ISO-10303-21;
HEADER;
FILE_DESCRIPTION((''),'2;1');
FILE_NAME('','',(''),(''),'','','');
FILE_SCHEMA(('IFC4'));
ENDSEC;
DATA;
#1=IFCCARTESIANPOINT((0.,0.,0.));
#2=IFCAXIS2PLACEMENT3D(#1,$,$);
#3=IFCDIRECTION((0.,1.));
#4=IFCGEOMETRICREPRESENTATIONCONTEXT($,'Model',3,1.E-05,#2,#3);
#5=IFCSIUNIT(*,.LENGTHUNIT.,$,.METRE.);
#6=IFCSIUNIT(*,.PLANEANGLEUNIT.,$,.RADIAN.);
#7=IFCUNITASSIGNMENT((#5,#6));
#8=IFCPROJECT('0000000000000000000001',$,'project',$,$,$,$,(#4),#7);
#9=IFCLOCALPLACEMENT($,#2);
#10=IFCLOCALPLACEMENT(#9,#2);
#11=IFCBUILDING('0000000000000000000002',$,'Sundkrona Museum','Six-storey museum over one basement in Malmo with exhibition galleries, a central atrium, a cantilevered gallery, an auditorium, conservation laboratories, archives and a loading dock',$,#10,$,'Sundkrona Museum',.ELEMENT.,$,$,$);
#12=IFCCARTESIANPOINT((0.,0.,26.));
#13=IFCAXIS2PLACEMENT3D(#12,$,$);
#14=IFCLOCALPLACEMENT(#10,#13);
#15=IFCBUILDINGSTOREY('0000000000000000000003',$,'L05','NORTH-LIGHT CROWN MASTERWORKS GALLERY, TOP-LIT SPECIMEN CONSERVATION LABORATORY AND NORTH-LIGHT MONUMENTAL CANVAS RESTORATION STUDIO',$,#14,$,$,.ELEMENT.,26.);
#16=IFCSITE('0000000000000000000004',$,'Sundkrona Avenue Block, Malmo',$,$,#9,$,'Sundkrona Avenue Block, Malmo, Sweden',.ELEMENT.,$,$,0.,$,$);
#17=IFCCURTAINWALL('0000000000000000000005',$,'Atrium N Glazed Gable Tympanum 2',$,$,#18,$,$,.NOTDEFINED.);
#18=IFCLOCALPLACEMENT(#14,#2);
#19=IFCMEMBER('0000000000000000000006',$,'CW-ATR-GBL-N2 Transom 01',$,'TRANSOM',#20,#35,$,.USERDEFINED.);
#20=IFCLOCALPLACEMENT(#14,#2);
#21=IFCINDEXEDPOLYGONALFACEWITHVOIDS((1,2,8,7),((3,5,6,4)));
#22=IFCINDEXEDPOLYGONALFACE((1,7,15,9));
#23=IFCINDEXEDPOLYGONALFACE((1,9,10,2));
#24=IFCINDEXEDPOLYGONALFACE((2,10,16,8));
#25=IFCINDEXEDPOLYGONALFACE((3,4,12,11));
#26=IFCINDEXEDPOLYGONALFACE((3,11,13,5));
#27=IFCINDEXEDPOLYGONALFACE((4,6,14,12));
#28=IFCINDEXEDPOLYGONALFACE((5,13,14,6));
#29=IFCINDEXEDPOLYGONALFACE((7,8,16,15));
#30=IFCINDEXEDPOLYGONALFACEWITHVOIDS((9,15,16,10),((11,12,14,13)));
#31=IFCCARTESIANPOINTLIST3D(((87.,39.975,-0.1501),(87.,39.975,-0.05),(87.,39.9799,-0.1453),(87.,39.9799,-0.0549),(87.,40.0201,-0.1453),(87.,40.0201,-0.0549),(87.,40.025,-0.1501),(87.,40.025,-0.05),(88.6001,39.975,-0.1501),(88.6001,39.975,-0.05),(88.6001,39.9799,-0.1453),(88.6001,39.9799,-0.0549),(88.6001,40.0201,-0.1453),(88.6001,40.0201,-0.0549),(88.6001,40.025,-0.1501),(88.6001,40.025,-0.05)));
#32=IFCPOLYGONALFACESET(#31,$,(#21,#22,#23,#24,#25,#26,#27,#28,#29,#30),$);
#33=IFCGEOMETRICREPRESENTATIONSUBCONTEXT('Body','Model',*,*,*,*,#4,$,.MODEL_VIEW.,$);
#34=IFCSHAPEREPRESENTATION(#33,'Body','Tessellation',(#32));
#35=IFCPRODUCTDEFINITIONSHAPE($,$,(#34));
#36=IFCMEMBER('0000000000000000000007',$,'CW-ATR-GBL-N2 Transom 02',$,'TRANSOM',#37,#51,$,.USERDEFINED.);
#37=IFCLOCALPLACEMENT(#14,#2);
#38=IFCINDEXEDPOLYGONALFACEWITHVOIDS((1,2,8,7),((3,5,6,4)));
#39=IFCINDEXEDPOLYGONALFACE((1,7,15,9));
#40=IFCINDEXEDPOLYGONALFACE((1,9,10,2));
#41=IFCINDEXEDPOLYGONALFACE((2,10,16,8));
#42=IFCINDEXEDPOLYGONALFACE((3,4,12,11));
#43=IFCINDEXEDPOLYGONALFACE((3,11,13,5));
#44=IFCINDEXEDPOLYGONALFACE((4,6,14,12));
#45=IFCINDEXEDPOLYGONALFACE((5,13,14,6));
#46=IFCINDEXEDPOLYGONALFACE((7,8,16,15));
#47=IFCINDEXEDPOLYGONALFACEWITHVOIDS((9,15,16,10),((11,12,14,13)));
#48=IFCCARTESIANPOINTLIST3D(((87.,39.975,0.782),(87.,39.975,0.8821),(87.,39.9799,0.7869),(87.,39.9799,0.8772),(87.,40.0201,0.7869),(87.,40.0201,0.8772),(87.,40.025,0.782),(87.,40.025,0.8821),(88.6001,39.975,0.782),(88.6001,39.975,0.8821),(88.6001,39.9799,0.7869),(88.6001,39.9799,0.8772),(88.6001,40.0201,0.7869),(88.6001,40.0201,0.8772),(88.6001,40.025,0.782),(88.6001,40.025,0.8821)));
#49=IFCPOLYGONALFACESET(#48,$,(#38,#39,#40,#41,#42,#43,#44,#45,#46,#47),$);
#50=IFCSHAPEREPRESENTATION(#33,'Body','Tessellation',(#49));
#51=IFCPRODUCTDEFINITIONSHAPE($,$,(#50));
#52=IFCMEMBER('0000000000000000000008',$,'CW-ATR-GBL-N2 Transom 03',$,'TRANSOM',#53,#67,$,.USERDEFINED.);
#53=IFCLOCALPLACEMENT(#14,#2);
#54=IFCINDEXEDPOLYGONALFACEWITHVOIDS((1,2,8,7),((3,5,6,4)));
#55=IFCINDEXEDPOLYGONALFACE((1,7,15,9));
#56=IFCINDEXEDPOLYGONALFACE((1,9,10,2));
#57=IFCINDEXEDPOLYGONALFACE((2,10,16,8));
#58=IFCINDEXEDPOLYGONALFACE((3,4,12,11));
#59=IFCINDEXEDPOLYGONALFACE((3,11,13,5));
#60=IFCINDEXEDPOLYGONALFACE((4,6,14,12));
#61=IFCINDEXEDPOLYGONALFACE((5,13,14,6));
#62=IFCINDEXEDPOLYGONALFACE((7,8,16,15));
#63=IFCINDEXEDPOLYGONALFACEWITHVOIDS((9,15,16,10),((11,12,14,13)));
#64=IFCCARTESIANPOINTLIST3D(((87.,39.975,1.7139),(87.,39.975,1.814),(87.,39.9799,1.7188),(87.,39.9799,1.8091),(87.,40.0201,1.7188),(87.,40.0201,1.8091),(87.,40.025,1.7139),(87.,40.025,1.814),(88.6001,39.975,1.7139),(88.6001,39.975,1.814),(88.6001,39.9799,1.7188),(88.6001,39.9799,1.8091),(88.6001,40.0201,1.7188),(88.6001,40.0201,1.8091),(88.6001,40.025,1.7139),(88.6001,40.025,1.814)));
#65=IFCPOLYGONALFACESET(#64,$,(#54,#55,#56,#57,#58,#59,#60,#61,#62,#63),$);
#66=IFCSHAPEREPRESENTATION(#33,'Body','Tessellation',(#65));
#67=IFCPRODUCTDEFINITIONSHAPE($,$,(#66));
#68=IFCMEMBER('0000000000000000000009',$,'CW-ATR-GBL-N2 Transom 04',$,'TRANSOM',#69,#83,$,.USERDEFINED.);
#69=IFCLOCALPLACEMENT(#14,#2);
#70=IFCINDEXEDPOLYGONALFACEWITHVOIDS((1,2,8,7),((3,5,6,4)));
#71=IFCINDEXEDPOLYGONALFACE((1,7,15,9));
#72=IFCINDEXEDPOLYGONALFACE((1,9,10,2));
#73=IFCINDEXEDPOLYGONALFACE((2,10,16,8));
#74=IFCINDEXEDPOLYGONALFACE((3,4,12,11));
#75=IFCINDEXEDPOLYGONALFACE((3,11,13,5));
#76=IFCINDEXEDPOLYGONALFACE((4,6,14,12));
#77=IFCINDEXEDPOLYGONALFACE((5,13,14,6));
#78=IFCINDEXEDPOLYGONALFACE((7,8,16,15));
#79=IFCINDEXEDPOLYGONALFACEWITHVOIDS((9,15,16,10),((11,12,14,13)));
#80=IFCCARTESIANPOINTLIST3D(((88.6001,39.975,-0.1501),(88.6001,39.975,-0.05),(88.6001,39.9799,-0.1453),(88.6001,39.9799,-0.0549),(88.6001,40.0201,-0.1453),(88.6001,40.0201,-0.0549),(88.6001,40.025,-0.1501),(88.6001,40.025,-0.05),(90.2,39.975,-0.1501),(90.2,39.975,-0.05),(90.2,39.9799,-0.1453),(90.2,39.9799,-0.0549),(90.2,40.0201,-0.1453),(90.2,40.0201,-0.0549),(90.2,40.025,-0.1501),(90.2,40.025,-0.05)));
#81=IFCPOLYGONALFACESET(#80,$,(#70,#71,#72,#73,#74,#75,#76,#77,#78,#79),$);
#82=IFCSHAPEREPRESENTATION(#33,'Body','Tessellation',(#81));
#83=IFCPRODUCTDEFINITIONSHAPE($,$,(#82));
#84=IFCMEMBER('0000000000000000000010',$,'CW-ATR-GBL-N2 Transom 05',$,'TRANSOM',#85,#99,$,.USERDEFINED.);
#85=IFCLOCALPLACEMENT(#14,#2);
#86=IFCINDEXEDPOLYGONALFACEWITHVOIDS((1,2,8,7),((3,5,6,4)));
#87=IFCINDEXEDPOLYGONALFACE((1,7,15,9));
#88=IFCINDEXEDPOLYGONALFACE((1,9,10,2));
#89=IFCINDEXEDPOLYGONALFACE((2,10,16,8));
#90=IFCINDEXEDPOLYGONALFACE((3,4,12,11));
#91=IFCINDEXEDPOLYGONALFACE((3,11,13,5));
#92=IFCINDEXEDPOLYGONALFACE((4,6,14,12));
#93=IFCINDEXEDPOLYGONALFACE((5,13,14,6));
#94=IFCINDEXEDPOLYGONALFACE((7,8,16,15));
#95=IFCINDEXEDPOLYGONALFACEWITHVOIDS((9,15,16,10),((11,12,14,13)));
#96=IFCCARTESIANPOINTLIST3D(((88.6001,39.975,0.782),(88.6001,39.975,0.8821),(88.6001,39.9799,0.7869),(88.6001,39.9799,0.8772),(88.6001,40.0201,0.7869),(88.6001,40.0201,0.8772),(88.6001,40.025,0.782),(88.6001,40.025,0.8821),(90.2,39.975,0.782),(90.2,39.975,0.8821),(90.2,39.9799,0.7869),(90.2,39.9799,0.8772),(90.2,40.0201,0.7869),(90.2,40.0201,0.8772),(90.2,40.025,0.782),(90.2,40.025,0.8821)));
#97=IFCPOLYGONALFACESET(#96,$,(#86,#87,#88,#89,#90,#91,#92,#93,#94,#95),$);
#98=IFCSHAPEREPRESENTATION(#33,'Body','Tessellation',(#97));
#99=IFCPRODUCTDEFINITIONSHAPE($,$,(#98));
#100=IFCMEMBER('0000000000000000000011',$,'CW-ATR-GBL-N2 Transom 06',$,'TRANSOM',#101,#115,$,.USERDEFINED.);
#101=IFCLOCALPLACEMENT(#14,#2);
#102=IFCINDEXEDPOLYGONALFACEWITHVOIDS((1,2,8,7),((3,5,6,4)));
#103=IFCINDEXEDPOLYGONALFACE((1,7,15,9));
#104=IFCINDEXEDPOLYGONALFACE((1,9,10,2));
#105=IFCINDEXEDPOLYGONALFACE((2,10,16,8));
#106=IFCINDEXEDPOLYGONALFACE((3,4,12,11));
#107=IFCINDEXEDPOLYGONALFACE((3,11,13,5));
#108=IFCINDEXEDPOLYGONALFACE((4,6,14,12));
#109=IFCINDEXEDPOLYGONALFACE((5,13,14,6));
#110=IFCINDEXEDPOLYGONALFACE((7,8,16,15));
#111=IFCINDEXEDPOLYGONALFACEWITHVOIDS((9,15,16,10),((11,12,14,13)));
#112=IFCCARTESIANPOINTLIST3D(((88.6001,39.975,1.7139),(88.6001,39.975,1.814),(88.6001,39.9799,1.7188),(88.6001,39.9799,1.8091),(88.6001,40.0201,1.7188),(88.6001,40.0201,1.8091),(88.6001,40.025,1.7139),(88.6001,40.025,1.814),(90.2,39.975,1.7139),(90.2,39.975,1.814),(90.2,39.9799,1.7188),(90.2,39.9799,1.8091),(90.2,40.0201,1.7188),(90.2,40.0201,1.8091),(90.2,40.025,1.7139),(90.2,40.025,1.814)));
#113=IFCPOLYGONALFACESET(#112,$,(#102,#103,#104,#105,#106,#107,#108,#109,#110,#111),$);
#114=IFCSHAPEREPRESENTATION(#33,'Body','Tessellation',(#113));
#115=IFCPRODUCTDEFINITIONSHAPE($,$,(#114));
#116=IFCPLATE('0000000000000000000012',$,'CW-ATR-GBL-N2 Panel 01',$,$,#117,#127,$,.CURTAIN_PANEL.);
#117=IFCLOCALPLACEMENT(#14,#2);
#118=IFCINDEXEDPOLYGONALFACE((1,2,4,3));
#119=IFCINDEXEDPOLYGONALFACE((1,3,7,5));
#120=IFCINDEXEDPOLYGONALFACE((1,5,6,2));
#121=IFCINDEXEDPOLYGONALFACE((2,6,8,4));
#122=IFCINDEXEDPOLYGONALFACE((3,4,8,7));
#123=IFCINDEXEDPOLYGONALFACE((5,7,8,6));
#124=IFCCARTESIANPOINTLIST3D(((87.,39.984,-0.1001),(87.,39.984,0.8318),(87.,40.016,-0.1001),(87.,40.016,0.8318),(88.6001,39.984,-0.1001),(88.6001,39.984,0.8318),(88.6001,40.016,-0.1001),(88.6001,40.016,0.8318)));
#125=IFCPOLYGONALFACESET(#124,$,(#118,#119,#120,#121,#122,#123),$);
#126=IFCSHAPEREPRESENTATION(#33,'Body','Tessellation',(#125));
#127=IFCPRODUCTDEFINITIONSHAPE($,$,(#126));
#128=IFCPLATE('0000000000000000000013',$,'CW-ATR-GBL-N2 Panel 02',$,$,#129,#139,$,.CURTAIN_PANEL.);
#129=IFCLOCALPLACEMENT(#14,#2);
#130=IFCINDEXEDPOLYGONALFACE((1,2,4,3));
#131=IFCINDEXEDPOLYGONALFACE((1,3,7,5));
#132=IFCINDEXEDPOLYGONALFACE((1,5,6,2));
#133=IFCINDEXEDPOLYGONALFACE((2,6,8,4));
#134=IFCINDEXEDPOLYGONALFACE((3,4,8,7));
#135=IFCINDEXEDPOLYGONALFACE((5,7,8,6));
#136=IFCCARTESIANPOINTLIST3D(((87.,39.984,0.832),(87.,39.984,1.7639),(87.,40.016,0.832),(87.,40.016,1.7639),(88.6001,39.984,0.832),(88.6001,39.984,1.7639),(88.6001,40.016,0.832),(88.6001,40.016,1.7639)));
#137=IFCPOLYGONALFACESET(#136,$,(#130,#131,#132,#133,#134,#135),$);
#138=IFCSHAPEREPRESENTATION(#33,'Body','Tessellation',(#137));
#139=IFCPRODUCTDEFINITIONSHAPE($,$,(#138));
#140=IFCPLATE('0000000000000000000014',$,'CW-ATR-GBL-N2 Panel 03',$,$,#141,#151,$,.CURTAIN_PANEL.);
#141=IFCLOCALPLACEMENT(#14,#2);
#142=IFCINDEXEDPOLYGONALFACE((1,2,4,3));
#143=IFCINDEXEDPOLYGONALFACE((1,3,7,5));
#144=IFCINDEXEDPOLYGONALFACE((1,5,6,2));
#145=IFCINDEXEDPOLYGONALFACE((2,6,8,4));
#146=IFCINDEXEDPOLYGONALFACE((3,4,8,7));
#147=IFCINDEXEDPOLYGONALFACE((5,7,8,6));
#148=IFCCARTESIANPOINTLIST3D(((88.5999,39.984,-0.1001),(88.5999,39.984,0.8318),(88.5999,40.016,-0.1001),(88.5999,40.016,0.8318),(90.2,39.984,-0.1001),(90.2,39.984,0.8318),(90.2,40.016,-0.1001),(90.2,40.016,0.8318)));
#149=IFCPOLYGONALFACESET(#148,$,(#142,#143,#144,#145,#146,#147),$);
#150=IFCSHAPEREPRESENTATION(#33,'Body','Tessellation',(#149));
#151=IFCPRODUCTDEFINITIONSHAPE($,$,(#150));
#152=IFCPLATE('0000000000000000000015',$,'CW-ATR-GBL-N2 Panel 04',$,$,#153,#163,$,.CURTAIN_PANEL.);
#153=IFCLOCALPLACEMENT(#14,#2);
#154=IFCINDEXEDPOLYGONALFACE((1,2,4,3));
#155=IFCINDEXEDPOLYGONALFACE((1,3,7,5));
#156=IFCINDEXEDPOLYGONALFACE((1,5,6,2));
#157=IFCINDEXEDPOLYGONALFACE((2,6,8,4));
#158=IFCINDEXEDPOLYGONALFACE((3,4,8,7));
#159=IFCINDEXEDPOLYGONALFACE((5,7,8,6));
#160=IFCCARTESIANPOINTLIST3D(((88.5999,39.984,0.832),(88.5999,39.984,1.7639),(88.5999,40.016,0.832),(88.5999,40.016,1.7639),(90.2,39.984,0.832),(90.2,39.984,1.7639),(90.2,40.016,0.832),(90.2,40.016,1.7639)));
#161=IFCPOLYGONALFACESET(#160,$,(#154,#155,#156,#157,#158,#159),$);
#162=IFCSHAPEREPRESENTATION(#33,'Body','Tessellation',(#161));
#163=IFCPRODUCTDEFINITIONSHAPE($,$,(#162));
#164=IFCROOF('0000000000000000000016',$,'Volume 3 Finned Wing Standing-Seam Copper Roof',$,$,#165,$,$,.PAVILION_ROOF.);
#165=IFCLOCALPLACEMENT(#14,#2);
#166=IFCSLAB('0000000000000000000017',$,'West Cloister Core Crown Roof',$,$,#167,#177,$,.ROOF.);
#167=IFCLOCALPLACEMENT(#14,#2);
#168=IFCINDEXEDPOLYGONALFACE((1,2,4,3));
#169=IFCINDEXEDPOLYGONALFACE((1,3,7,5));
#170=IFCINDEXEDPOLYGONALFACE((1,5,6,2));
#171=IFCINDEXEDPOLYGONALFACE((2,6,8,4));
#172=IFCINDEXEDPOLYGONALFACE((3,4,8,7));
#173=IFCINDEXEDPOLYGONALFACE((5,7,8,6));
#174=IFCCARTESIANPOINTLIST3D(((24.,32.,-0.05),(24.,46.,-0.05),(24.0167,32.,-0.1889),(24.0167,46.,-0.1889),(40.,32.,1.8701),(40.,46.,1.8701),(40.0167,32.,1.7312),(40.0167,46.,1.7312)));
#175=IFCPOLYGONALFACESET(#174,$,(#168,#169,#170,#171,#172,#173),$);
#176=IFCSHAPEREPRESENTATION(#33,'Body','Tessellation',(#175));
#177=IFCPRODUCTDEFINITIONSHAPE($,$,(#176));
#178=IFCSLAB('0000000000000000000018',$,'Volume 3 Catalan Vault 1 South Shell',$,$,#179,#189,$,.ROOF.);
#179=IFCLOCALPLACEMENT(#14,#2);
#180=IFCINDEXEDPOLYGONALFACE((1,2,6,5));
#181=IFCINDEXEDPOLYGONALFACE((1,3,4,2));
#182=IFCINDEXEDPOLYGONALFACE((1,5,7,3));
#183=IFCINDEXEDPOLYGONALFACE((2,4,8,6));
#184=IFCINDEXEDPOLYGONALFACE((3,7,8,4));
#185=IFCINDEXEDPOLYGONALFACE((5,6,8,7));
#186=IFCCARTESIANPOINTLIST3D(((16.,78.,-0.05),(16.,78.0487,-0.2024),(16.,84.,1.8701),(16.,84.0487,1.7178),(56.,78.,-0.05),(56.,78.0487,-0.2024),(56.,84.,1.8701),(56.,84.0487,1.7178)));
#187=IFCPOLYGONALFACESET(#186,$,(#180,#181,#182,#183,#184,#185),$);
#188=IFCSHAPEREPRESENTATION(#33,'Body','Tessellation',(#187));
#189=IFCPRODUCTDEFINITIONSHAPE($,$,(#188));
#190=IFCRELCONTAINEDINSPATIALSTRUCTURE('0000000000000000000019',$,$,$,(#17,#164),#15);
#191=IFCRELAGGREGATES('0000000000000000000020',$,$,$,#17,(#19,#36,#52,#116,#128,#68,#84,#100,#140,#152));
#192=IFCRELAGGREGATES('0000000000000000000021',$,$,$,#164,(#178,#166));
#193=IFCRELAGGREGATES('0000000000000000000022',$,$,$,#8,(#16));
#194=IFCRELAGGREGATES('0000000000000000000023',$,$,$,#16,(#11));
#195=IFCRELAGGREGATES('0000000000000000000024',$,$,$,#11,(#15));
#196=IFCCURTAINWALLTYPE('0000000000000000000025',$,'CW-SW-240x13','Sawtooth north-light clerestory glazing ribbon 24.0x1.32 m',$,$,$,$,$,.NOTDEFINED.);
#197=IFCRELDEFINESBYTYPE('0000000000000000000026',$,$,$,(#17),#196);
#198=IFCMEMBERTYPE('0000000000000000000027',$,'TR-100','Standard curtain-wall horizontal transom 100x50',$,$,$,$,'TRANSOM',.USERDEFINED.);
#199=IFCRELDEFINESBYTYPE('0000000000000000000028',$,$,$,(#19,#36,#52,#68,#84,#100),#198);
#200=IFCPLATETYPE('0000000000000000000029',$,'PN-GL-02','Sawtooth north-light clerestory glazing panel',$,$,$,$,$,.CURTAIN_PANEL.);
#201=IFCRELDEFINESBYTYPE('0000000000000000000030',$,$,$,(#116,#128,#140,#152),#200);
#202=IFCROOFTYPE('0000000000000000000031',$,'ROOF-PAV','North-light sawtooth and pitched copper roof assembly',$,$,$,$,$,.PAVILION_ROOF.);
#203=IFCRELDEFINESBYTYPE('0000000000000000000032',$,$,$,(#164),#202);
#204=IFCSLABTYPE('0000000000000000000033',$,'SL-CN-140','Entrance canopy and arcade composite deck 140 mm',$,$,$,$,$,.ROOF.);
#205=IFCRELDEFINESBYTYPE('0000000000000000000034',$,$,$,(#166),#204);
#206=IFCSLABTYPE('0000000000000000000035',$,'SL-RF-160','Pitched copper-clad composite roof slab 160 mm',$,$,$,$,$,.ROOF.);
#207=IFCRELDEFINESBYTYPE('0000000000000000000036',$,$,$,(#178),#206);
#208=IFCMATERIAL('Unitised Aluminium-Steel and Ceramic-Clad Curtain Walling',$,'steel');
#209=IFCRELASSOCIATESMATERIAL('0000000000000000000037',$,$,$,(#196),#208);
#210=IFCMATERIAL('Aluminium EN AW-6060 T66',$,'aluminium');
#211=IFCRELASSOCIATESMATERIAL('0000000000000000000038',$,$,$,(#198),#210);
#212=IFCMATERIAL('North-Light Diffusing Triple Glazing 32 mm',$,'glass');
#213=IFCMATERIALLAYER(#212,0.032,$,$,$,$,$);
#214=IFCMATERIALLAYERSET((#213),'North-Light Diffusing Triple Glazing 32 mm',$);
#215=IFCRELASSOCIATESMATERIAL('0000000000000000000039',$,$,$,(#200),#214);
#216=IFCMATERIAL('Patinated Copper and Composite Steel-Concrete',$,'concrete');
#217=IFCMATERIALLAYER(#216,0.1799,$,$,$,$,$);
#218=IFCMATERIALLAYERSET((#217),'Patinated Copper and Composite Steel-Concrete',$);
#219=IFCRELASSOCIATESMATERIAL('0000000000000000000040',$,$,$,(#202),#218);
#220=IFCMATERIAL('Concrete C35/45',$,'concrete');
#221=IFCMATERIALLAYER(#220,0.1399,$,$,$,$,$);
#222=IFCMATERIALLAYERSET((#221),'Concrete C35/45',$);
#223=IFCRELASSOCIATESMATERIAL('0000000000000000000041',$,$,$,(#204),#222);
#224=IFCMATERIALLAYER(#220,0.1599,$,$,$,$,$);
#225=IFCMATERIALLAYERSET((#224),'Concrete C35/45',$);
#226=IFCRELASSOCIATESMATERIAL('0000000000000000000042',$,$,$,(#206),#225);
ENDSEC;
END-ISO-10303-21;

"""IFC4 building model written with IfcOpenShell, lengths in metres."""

from ifc_helpers import new_model, si_unit, direction, frame, origin, origin_2d, place, context, subcontext, project, spatial, polyline, rectangle, hollow_rectangle, outline, extrude, material, layer, layer_set, material_profile, profile_set, type_object, element, aggregate, save


model = new_model("IFC4")

# Units and contexts
model_context = context("Model", 3, precision=1e-05, world=origin(), true_north=direction((0.0, 1.0)))
body_context = subcontext(model_context, "Body", "Model", "MODEL_VIEW")
ifc_project = project(units=[si_unit("LENGTHUNIT", "METRE"), si_unit("PLANEANGLEUNIT", "RADIAN")], contexts=[model_context])

# Site, building, storey
site_placement = place(None, origin())
site = spatial("IfcSite", under=ifc_project, at=site_placement, Name="Sundkrona Avenue Block, Malmo", LongName="Sundkrona Avenue Block, Malmo, Sweden", CompositionType="ELEMENT", RefElevation=0.0)
building_placement = place(site_placement, origin())
building = spatial("IfcBuilding", under=site, at=building_placement, Name="Sundkrona Museum", Description="Six-storey museum over one basement in Malmo with exhibition galleries, a central atrium, a cantilevered gallery, an auditorium, conservation laboratories, archives and a loading dock", LongName="Sundkrona Museum", CompositionType="ELEMENT")
storey_placement = place(building_placement, frame((0.0, 0.0, 26.0)))
storey = spatial("IfcBuildingStorey", under=building, at=storey_placement, Name="L05", Description="NORTH-LIGHT CROWN MASTERWORKS GALLERY, TOP-LIT SPECIMEN CONSERVATION LABORATORY AND NORTH-LIGHT MONUMENTAL CANVAS RESTORATION STUDIO", CompositionType="ELEMENT", Elevation=26.0)

# Curtain wall
ifc_material_1 = material(Name="Unitised Aluminium-Steel and Ceramic-Clad Curtain Walling", Category="steel")
curtain_wall_type = type_object("IfcCurtainWallType", Name="CW-SW-240x13", Description="Sawtooth north-light clerestory glazing ribbon 24.0x1.32 m", PredefinedType="NOTDEFINED", material=ifc_material_1)
curtain_wall_placement = place(storey_placement, origin())
curtain_wall = element("IfcCurtainWall", 1, at=curtain_wall_placement, inside=storey, type_object=curtain_wall_type, Name="Atrium N Glazed Gable Tympanum 2", PredefinedType="NOTDEFINED")
ifc_material_2 = material(Name="Aluminium EN AW-6060 T66", Category="aluminium")

# Members
ifc_material_profile_1 = material_profile(ifc_material_2, hollow_rectangle(XDim=0.05, YDim=0.1001, WallThickness=0.0049, at=origin_2d()), Name="RHS 100x50x5.0")
ifc_profile_set_1 = profile_set([ifc_material_profile_1], Name="Aluminium EN AW-6060 T66")
member_type_1 = type_object("IfcMemberType", Name="TR-100", Description="Standard curtain-wall horizontal transom 100x50", ElementType="TRANSOM", PredefinedType="USERDEFINED", material=ifc_profile_set_1)
member_1_placement = place(storey_placement, frame((87.0, 40.0, -0.1001), z_axis=(1.0, 0.0, 0.0), x_axis=(0.0, 1.0, 0.0)))
member_1 = element("IfcMember", 2, at=member_1_placement, type_object=member_type_1, Name="CW-ATR-GBL-N2 Transom 01", ObjectType="TRANSOM", PredefinedType="USERDEFINED", context=body_context, shape_type="SweptSolid", body=[
    extrude(hollow_rectangle(XDim=0.05, YDim=0.1001, WallThickness=0.0049, at=origin_2d()), origin(), (0.0, 0.0, 1.0), 1.6001),
])
member_2_placement = place(storey_placement, frame((87.0, 40.0, 0.832), z_axis=(1.0, 0.0, 0.0), x_axis=(0.0, 1.0, 0.0)))
member_2 = element("IfcMember", 3, at=member_2_placement, type_object=member_type_1, Name="CW-ATR-GBL-N2 Transom 02", ObjectType="TRANSOM", PredefinedType="USERDEFINED", context=body_context, shape_type="SweptSolid", body=[
    extrude(hollow_rectangle(XDim=0.05, YDim=0.1001, WallThickness=0.0049, at=origin_2d()), origin(), (0.0, 0.0, 1.0), 1.6001),
])
member_3_placement = place(storey_placement, frame((87.0, 40.0, 1.7639), z_axis=(1.0, 0.0, 0.0), x_axis=(0.0, 1.0, 0.0)))
member_3 = element("IfcMember", 4, at=member_3_placement, type_object=member_type_1, Name="CW-ATR-GBL-N2 Transom 03", ObjectType="TRANSOM", PredefinedType="USERDEFINED", context=body_context, shape_type="SweptSolid", body=[
    extrude(hollow_rectangle(XDim=0.05, YDim=0.1001, WallThickness=0.0049, at=origin_2d()), origin(), (0.0, 0.0, 1.0), 1.6001),
])
member_4_placement = place(storey_placement, frame((88.6001, 40.0, -0.1001), z_axis=(1.0, 0.0, 0.0), x_axis=(0.0, 1.0, 0.0)))
member_4 = element("IfcMember", 5, at=member_4_placement, type_object=member_type_1, Name="CW-ATR-GBL-N2 Transom 04", ObjectType="TRANSOM", PredefinedType="USERDEFINED", context=body_context, shape_type="SweptSolid", body=[
    extrude(hollow_rectangle(XDim=0.05, YDim=0.1001, WallThickness=0.0049, at=origin_2d()), origin(), (0.0, 0.0, 1.0), 1.5999),
])
member_5_placement = place(storey_placement, frame((88.6001, 40.0, 0.832), z_axis=(1.0, 0.0, 0.0), x_axis=(0.0, 1.0, 0.0)))
member_5 = element("IfcMember", 6, at=member_5_placement, type_object=member_type_1, Name="CW-ATR-GBL-N2 Transom 05", ObjectType="TRANSOM", PredefinedType="USERDEFINED", context=body_context, shape_type="SweptSolid", body=[
    extrude(hollow_rectangle(XDim=0.05, YDim=0.1001, WallThickness=0.0049, at=origin_2d()), origin(), (0.0, 0.0, 1.0), 1.5999),
])
member_6_placement = place(storey_placement, frame((88.6001, 40.0, 1.7639), z_axis=(1.0, 0.0, 0.0), x_axis=(0.0, 1.0, 0.0)))
member_6 = element("IfcMember", 7, at=member_6_placement, type_object=member_type_1, Name="CW-ATR-GBL-N2 Transom 06", ObjectType="TRANSOM", PredefinedType="USERDEFINED", context=body_context, shape_type="SweptSolid", body=[
    extrude(hollow_rectangle(XDim=0.05, YDim=0.1001, WallThickness=0.0049, at=origin_2d()), origin(), (0.0, 0.0, 1.0), 1.5999),
])

# Plates
ifc_material_3 = material(Name="North-Light Diffusing Triple Glazing 32 mm", Category="glass")
ifc_layer_1 = layer(ifc_material_3, 0.032)
ifc_layer_set_1 = layer_set([ifc_layer_1], Name="North-Light Diffusing Triple Glazing 32 mm")
plate_type = type_object("IfcPlateType", Name="PN-GL-02", Description="Sawtooth north-light clerestory glazing panel", PredefinedType="CURTAIN_PANEL", material=ifc_layer_set_1)
plate_1_placement = place(storey_placement, frame((87.8, 40.0, -0.1001), z_axis=(0.0, 0.0, 1.0), x_axis=(1.0, 0.0, 0.0)))
plate_1 = element("IfcPlate", 8, at=plate_1_placement, type_object=plate_type, Name="CW-ATR-GBL-N2 Panel 01", PredefinedType="CURTAIN_PANEL", context=body_context, shape_type="SweptSolid", body=[
    extrude(rectangle(XDim=1.6001, YDim=0.032, at=origin_2d()), origin(), (0.0, 0.0, 1.0), 0.9319),
])
plate_2_placement = place(storey_placement, frame((87.8, 40.0, 0.832), z_axis=(0.0, 0.0, 1.0), x_axis=(1.0, 0.0, 0.0)))
plate_2 = element("IfcPlate", 9, at=plate_2_placement, type_object=plate_type, Name="CW-ATR-GBL-N2 Panel 02", PredefinedType="CURTAIN_PANEL", context=body_context, shape_type="SweptSolid", body=[
    extrude(rectangle(XDim=1.6001, YDim=0.032, at=origin_2d()), origin(), (0.0, 0.0, 1.0), 0.9319),
])
plate_3_placement = place(storey_placement, frame((89.3999, 40.0, -0.1001), z_axis=(0.0, 0.0, 1.0), x_axis=(1.0, 0.0, 0.0)))
plate_3 = element("IfcPlate", 10, at=plate_3_placement, type_object=plate_type, Name="CW-ATR-GBL-N2 Panel 03", PredefinedType="CURTAIN_PANEL", context=body_context, shape_type="SweptSolid", body=[
    extrude(rectangle(XDim=1.6001, YDim=0.032, at=origin_2d()), origin(), (0.0, 0.0, 1.0), 0.9319),
])
plate_4_placement = place(storey_placement, frame((89.3999, 40.0, 0.832), z_axis=(0.0, 0.0, 1.0), x_axis=(1.0, 0.0, 0.0)))
plate_4 = element("IfcPlate", 11, at=plate_4_placement, type_object=plate_type, Name="CW-ATR-GBL-N2 Panel 04", PredefinedType="CURTAIN_PANEL", context=body_context, shape_type="SweptSolid", body=[
    extrude(rectangle(XDim=1.6001, YDim=0.032, at=origin_2d()), origin(), (0.0, 0.0, 1.0), 0.9319),
])
aggregate(curtain_wall, [member_1, member_2, member_3, plate_1, plate_2, member_4, member_5, member_6, plate_3, plate_4])

# Roof, slabs
ifc_material_4 = material(Name="Patinated Copper and Composite Steel-Concrete", Category="concrete")
ifc_layer_2 = layer(ifc_material_4, 0.1799)
ifc_layer_set_2 = layer_set([ifc_layer_2], Name="Patinated Copper and Composite Steel-Concrete")
roof_type = type_object("IfcRoofType", Name="ROOF-PAV", Description="North-light sawtooth and pitched copper roof assembly", PredefinedType="PAVILION_ROOF", material=ifc_layer_set_2)
roof_placement = place(storey_placement, origin())
roof = element("IfcRoof", 12, at=roof_placement, inside=storey, type_object=roof_type, Name="Volume 3 Finned Wing Standing-Seam Copper Roof", PredefinedType="PAVILION_ROOF")
ifc_material_5 = material(Name="Concrete C35/45", Category="concrete")
ifc_layer_3 = layer(ifc_material_5, 0.1399)
ifc_layer_set_3 = layer_set([ifc_layer_3], Name="Concrete C35/45")
slab_type_1 = type_object("IfcSlabType", Name="SL-CN-140", Description="Entrance canopy and arcade composite deck 140 mm", PredefinedType="ROOF", material=ifc_layer_set_3)
slab_1_placement = place(storey_placement, frame((24.0, 32.0, -0.05), z_axis=(-0.119155, 0.0, 0.992876), x_axis=(0.992876, 0.0, 0.119155)))
slab_1 = element("IfcSlab", 13, at=slab_1_placement, type_object=slab_type_1, Name="West Cloister Core Crown Roof", PredefinedType="ROOF", context=body_context, shape_type="SweptSolid", body=[
    extrude(outline(polyline([(0.0, 0.0), (16.1148, 0.0), (16.1148, 14.0), (0.0, 14.0), (0.0, 0.0)])), origin(), (0.0, 0.0, -1.0), 0.1399),
])
ifc_layer_4 = layer(ifc_material_5, 0.1599)
ifc_layer_set_4 = layer_set([ifc_layer_4], Name="Concrete C35/45")
slab_type_2 = type_object("IfcSlabType", Name="SL-RF-160", Description="Pitched copper-clad composite roof slab 160 mm", PredefinedType="ROOF", material=ifc_layer_set_4)
slab_2_placement = place(storey_placement, frame((16.0, 78.0, -0.05), z_axis=(0.0, -0.3048, 0.952416), x_axis=(1.0, 0.0, 0.0)))
slab_2 = element("IfcSlab", 14, at=slab_2_placement, type_object=slab_type_2, Name="Volume 3 Catalan Vault 1 South Shell", PredefinedType="ROOF", context=body_context, shape_type="SweptSolid", body=[
    extrude(outline(polyline([(0.0, 0.0), (40.0, 0.0), (40.0, 6.2998), (0.0, 6.2998), (0.0, 0.0)])), origin(), (0.0, 0.0, -1.0), 0.1599),
])
aggregate(roof, [slab_2, slab_1])

save(model, "model.ifc")
